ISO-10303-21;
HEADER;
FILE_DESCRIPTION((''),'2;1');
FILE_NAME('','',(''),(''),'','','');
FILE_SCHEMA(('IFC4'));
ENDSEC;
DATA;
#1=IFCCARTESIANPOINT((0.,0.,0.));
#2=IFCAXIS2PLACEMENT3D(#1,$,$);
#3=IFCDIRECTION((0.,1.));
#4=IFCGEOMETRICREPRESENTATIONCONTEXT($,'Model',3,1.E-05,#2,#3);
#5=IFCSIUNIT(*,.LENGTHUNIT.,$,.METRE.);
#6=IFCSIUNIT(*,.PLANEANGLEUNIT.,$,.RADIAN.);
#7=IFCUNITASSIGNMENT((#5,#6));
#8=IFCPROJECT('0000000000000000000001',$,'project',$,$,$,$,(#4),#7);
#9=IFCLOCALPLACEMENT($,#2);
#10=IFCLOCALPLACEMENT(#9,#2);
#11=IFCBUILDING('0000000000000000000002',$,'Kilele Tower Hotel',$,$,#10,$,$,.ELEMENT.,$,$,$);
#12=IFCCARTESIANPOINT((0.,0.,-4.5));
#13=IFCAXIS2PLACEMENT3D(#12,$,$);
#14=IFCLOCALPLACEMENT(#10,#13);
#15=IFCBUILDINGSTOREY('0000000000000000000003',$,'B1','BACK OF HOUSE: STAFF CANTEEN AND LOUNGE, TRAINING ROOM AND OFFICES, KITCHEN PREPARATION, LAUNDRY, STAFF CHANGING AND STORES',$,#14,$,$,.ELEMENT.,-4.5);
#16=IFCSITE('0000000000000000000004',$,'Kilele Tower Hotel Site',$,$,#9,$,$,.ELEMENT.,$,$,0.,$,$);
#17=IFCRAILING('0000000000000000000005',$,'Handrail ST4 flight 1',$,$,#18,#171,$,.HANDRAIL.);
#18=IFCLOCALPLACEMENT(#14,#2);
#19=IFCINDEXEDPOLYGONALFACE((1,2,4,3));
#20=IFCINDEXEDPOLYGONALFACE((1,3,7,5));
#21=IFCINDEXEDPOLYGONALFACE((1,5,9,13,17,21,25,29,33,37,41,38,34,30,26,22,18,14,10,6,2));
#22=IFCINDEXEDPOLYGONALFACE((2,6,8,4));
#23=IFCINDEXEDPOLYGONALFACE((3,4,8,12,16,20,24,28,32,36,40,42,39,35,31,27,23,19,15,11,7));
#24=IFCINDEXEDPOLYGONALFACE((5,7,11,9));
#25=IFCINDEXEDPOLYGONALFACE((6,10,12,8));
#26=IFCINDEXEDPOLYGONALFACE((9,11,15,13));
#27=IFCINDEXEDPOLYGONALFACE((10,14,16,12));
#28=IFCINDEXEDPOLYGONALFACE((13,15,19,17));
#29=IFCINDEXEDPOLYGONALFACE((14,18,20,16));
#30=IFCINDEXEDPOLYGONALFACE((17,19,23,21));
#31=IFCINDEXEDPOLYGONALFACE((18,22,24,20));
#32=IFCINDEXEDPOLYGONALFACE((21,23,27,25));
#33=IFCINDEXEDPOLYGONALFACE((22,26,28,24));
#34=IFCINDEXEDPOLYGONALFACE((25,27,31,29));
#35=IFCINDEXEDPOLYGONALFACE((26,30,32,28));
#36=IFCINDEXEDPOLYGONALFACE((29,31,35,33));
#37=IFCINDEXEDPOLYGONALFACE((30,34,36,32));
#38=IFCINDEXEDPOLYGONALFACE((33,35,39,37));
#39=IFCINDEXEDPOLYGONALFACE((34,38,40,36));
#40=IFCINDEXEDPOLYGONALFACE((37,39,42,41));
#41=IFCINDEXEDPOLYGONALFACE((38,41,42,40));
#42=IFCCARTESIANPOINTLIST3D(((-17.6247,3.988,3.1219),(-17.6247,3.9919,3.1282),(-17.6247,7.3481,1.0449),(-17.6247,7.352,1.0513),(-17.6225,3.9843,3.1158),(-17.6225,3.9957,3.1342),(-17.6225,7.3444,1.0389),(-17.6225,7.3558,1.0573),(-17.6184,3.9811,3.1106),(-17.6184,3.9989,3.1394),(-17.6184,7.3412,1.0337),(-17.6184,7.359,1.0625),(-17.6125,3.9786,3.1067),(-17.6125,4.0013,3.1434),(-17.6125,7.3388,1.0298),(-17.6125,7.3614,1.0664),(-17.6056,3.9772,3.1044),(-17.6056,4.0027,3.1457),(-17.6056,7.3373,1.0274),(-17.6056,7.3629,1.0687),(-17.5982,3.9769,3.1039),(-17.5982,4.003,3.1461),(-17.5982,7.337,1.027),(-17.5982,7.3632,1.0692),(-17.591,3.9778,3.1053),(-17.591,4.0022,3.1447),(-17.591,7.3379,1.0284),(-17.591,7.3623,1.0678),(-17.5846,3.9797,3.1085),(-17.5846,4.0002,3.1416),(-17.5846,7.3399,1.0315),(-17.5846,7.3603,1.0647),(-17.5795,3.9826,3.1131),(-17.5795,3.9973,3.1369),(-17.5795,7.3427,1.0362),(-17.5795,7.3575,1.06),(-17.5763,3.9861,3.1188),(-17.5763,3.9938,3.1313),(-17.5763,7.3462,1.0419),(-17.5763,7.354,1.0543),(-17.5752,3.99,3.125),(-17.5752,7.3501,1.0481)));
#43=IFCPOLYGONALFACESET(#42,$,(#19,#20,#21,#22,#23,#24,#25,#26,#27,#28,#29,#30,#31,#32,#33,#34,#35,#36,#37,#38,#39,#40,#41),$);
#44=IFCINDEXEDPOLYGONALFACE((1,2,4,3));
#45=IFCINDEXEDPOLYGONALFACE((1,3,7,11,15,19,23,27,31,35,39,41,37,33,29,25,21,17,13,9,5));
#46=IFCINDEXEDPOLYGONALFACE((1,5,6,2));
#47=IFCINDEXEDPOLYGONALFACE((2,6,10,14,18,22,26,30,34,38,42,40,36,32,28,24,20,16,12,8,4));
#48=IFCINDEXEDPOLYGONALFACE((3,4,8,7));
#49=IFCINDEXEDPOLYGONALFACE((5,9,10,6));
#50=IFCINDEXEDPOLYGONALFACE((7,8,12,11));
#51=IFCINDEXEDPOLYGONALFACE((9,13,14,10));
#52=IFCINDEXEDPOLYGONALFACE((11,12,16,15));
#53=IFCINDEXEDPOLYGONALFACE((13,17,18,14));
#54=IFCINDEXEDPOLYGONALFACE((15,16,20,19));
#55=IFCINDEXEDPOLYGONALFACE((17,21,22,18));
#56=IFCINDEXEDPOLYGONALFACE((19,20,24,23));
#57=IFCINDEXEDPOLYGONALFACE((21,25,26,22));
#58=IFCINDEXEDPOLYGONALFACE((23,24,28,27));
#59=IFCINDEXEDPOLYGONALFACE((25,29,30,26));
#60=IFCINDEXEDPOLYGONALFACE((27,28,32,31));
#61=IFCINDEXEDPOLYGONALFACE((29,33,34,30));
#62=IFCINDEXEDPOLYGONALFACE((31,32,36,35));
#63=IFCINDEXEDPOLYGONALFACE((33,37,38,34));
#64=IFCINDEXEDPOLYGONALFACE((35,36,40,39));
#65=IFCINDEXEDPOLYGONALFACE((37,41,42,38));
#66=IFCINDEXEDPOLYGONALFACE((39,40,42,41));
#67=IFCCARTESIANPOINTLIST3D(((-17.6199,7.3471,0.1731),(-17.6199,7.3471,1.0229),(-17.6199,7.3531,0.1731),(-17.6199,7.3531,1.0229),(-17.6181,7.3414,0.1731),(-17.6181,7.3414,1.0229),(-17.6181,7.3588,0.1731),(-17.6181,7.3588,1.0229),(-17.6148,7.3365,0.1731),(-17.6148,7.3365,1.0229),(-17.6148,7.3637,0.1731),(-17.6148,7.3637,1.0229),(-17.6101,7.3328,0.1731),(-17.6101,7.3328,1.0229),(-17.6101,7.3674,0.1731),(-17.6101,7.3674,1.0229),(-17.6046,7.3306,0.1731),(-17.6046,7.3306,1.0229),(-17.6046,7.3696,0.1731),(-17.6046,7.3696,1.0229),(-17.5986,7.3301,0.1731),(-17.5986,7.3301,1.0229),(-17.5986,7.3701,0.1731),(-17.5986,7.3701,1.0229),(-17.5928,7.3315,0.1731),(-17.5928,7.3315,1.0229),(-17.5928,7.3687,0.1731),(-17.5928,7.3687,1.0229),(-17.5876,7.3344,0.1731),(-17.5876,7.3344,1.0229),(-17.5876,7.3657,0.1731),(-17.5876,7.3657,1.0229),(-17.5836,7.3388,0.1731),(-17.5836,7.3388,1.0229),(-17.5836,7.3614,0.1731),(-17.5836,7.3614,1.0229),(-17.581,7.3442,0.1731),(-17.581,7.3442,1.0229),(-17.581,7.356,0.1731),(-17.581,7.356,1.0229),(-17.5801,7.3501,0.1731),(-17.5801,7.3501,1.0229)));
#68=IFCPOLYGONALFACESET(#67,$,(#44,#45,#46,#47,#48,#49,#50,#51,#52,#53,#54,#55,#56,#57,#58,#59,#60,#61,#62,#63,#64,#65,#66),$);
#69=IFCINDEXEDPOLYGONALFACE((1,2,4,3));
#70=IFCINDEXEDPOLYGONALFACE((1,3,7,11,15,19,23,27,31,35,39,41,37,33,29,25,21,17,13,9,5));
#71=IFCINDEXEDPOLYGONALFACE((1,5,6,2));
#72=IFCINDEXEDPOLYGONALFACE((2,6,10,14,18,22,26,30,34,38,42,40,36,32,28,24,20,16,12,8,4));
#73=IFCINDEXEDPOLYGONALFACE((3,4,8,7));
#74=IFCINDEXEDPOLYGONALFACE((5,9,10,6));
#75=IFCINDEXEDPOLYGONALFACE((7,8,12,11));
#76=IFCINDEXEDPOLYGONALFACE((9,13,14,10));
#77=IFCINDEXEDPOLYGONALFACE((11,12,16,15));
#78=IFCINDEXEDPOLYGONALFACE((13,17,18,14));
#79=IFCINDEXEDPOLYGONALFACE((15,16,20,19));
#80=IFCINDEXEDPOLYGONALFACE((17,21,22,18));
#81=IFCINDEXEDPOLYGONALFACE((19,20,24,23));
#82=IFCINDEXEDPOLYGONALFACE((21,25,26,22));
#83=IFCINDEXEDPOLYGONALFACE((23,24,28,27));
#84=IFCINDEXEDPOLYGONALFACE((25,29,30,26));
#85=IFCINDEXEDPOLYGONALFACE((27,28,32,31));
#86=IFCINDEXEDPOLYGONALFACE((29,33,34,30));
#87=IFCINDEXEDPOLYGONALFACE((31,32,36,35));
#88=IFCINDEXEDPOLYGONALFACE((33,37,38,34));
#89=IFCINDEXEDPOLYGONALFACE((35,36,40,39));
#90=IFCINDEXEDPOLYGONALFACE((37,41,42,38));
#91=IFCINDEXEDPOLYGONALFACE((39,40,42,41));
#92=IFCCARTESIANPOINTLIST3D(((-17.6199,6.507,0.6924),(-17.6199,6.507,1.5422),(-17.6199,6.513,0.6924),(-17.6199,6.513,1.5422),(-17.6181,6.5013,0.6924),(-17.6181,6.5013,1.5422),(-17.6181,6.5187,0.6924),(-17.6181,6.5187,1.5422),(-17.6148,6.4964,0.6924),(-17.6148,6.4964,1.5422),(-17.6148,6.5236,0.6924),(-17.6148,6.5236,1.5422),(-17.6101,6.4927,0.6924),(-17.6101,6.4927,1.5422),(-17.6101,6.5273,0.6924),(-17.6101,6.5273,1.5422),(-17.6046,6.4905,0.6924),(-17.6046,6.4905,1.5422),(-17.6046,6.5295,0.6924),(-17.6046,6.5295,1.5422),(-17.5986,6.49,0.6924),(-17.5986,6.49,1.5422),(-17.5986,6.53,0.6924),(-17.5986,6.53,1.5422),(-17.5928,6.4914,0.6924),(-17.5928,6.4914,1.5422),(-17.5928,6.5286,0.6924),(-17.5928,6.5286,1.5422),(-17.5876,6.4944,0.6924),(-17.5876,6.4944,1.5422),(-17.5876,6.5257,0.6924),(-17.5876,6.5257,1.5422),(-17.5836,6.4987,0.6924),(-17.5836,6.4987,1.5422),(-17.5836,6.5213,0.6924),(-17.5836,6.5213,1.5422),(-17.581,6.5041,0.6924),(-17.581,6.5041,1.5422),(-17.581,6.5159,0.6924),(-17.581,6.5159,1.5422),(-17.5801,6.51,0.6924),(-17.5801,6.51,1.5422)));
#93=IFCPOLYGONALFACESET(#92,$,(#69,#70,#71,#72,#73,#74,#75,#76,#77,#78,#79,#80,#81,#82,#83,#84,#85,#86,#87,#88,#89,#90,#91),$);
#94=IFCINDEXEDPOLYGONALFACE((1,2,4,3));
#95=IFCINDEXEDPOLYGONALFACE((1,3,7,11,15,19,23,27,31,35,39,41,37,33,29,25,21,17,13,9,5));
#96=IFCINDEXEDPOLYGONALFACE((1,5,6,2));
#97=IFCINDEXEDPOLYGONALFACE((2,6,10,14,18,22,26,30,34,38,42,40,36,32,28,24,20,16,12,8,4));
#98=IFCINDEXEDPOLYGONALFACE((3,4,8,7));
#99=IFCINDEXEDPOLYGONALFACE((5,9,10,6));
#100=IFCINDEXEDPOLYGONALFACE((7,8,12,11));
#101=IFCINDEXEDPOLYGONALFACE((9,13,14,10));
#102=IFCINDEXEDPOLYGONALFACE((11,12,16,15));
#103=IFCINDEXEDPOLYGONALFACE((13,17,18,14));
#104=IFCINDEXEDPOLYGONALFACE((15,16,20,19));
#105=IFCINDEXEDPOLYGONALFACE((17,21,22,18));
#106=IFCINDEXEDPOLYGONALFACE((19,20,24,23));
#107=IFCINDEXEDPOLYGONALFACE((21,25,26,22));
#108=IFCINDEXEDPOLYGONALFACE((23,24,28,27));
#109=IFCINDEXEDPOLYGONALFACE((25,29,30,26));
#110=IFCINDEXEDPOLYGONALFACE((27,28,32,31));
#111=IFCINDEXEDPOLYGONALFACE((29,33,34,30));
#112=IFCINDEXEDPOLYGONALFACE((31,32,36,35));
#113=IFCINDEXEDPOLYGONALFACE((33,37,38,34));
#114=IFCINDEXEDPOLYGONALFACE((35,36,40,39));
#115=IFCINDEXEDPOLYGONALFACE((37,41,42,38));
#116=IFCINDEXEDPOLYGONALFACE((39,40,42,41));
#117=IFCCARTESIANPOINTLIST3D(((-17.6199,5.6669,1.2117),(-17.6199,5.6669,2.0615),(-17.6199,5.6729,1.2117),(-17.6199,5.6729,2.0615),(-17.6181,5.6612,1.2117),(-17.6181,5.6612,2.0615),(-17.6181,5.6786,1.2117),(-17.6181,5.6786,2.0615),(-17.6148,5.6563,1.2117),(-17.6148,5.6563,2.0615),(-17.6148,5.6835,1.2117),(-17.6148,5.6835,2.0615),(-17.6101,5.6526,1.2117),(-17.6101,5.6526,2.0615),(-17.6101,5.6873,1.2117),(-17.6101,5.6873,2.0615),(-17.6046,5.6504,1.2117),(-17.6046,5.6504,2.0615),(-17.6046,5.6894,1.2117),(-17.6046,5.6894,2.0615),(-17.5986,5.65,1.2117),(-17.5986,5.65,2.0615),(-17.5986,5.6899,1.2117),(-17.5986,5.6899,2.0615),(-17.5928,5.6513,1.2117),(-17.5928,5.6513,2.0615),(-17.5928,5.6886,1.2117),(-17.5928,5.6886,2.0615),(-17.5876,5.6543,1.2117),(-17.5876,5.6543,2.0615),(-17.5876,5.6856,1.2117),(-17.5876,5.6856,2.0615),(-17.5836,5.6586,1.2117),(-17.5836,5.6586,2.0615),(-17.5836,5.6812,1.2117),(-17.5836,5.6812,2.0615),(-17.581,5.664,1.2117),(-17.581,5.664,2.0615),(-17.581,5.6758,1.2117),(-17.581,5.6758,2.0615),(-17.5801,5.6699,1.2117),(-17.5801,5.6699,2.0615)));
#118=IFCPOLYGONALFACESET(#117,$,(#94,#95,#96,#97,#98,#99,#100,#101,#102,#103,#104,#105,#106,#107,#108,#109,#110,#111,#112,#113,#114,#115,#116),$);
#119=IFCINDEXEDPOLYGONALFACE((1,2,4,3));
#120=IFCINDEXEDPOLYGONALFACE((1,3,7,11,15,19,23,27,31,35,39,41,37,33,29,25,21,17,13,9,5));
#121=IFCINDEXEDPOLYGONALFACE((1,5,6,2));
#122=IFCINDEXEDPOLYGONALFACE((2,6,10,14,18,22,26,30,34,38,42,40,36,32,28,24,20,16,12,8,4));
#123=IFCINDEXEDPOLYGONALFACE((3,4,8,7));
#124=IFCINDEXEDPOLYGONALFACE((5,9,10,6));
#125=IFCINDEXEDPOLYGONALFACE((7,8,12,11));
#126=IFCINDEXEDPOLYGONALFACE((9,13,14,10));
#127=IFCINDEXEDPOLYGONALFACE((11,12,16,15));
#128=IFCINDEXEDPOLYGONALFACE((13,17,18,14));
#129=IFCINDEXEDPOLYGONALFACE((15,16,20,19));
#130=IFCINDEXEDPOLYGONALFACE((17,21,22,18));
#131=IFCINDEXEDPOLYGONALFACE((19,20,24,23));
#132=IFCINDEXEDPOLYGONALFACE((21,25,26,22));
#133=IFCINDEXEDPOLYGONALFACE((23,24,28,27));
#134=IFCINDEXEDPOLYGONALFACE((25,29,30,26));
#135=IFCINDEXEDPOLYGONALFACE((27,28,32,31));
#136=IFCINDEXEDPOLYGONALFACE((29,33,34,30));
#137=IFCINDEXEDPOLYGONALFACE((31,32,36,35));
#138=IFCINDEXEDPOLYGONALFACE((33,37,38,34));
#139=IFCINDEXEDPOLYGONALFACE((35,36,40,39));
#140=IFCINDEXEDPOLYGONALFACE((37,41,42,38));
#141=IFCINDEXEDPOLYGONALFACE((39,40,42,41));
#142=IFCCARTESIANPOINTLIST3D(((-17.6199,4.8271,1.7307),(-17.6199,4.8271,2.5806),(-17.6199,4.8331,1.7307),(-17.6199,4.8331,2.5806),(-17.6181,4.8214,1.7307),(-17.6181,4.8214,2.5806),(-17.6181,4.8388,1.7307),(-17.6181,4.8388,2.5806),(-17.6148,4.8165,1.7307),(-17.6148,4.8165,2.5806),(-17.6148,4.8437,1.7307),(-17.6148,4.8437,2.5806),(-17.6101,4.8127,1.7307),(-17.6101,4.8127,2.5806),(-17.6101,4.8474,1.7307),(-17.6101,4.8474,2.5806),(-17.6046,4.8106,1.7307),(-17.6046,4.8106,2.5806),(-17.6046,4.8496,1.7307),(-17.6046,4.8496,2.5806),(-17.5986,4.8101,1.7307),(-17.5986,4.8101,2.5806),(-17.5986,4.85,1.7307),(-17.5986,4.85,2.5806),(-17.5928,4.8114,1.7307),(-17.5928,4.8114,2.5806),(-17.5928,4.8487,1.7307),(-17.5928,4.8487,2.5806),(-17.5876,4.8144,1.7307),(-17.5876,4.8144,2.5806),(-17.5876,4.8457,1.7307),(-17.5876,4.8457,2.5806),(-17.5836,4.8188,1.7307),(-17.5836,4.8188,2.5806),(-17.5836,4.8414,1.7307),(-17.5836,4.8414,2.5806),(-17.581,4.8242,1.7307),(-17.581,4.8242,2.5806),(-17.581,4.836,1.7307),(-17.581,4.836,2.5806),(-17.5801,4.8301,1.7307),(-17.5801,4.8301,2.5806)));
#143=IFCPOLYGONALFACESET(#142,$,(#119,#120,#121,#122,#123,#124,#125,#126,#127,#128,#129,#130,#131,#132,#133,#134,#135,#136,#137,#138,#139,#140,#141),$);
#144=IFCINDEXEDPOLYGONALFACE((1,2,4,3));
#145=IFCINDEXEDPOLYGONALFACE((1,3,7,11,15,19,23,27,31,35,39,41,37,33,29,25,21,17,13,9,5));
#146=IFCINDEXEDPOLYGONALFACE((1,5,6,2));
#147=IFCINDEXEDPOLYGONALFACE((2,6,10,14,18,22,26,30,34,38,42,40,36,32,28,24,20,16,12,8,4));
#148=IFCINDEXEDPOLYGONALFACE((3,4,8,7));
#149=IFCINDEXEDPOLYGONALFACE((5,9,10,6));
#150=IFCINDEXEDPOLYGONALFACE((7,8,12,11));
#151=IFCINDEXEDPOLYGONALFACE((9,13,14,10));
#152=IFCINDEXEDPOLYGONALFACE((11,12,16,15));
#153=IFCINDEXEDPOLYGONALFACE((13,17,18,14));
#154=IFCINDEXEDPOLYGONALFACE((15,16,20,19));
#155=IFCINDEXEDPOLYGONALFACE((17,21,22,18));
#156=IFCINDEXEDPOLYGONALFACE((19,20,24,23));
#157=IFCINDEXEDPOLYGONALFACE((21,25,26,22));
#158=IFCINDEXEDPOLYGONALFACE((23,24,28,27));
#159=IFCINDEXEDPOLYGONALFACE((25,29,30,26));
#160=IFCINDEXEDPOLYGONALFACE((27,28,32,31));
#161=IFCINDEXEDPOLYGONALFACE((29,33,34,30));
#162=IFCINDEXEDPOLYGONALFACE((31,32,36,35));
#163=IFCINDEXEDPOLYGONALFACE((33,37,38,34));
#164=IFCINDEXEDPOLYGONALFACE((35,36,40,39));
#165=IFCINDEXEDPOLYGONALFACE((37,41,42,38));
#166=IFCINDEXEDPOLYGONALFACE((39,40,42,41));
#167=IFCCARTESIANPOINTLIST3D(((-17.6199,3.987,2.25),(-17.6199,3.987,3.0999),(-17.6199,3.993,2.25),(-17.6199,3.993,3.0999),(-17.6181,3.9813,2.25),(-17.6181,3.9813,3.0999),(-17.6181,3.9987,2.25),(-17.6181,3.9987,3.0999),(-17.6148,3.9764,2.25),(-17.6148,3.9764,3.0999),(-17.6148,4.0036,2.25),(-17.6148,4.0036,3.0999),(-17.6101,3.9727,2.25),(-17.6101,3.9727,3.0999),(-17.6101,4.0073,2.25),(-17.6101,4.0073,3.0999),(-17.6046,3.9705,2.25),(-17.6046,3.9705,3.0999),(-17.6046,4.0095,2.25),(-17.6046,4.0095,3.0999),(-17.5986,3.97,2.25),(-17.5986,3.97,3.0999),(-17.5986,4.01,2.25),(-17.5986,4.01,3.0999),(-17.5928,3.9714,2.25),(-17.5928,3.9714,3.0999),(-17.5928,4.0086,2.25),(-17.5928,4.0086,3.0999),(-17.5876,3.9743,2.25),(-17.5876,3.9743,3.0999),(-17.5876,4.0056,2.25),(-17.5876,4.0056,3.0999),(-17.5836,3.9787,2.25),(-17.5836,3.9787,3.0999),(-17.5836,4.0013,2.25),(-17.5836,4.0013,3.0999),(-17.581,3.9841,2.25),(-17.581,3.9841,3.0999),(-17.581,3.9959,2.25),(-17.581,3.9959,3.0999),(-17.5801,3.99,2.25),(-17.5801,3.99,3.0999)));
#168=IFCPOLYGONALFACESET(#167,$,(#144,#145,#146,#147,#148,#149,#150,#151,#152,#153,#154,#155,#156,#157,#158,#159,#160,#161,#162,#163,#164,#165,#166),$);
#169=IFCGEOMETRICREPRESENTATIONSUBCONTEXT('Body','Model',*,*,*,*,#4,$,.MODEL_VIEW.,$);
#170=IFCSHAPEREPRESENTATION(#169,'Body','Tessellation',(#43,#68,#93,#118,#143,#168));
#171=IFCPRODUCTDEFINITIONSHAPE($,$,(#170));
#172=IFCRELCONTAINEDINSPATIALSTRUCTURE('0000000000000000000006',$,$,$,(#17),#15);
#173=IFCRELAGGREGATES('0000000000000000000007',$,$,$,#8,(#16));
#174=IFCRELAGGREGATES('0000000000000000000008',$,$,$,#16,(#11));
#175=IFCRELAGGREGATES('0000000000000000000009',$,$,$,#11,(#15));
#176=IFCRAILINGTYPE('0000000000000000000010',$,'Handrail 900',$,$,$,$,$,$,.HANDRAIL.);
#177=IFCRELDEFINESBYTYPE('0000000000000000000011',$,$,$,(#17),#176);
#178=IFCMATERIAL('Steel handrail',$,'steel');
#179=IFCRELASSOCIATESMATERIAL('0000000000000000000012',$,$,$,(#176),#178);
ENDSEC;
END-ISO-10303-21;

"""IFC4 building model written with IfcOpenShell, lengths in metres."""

from ifc_helpers import new_model, si_unit, direction, frame, origin, origin_2d, place, context, subcontext, project, spatial, circle, extrude, material, type_object, element, save


model = new_model("IFC4")

# Units and contexts
model_context = context("Model", 3, precision=1e-05, world=origin(), true_north=direction((0.0, 1.0)))
body_context = subcontext(model_context, "Body", "Model", "MODEL_VIEW")
ifc_project = project(units=[si_unit("LENGTHUNIT", "METRE"), si_unit("PLANEANGLEUNIT", "RADIAN")], contexts=[model_context])

# Site, building, storey
site_placement = place(None, origin())
site = spatial("IfcSite", under=ifc_project, at=site_placement, Name="Kilele Tower Hotel Site", CompositionType="ELEMENT", RefElevation=0.0)
building_placement = place(site_placement, origin())
building = spatial("IfcBuilding", under=site, at=building_placement, Name="Kilele Tower Hotel", CompositionType="ELEMENT")
storey_placement = place(building_placement, frame((0.0, 0.0, -4.5)))
storey = spatial("IfcBuildingStorey", under=building, at=storey_placement, Name="B1", Description="BACK OF HOUSE: STAFF CANTEEN AND LOUNGE, TRAINING ROOM AND OFFICES, KITCHEN PREPARATION, LAUNDRY, STAFF CHANGING AND STORES", CompositionType="ELEMENT", Elevation=-4.5)

# Railing
ifc_material_1 = material(Name="Steel handrail", Category="steel")
railing_type_1 = type_object("IfcRailingType", Name="Handrail 900", PredefinedType="HANDRAIL", material=ifc_material_1)
railing_1_placement = place(storey_placement, frame((-17.6001, 7.3501, 0.1731)))
element("IfcRailing", 1, at=railing_1_placement, inside=storey, type_object=railing_type_1, Name="Handrail ST4 flight 1", PredefinedType="HANDRAIL", context=body_context, shape_type="SweptSolid", body=[
    extrude(circle(Radius=0.0249, at=origin_2d()), frame((0.0, 0.0, 0.875), z_axis=(0.0, -0.850623, 0.525776), x_axis=(1.0, 0.0, 0.0)), (0.0, 0.0, 1.0), 3.9502),
    extrude(circle(Radius=0.02, at=origin_2d()), origin(), (0.0, 0.0, 1.0), 0.8499),
    extrude(circle(Radius=0.02, at=origin_2d()), frame((0.0, -0.8401, 0.5193)), (0.0, 0.0, 1.0), 0.8499),
    extrude(circle(Radius=0.02, at=origin_2d()), frame((0.0, -1.6802, 1.0386)), (0.0, 0.0, 1.0), 0.8499),
    extrude(circle(Radius=0.02, at=origin_2d()), frame((0.0, -2.52, 1.5576)), (0.0, 0.0, 1.0), 0.8499),
    extrude(circle(Radius=0.02, at=origin_2d()), frame((0.0, -3.3601, 2.0769)), (0.0, 0.0, 1.0), 0.8499),
])

save(model, "model.ifc")
